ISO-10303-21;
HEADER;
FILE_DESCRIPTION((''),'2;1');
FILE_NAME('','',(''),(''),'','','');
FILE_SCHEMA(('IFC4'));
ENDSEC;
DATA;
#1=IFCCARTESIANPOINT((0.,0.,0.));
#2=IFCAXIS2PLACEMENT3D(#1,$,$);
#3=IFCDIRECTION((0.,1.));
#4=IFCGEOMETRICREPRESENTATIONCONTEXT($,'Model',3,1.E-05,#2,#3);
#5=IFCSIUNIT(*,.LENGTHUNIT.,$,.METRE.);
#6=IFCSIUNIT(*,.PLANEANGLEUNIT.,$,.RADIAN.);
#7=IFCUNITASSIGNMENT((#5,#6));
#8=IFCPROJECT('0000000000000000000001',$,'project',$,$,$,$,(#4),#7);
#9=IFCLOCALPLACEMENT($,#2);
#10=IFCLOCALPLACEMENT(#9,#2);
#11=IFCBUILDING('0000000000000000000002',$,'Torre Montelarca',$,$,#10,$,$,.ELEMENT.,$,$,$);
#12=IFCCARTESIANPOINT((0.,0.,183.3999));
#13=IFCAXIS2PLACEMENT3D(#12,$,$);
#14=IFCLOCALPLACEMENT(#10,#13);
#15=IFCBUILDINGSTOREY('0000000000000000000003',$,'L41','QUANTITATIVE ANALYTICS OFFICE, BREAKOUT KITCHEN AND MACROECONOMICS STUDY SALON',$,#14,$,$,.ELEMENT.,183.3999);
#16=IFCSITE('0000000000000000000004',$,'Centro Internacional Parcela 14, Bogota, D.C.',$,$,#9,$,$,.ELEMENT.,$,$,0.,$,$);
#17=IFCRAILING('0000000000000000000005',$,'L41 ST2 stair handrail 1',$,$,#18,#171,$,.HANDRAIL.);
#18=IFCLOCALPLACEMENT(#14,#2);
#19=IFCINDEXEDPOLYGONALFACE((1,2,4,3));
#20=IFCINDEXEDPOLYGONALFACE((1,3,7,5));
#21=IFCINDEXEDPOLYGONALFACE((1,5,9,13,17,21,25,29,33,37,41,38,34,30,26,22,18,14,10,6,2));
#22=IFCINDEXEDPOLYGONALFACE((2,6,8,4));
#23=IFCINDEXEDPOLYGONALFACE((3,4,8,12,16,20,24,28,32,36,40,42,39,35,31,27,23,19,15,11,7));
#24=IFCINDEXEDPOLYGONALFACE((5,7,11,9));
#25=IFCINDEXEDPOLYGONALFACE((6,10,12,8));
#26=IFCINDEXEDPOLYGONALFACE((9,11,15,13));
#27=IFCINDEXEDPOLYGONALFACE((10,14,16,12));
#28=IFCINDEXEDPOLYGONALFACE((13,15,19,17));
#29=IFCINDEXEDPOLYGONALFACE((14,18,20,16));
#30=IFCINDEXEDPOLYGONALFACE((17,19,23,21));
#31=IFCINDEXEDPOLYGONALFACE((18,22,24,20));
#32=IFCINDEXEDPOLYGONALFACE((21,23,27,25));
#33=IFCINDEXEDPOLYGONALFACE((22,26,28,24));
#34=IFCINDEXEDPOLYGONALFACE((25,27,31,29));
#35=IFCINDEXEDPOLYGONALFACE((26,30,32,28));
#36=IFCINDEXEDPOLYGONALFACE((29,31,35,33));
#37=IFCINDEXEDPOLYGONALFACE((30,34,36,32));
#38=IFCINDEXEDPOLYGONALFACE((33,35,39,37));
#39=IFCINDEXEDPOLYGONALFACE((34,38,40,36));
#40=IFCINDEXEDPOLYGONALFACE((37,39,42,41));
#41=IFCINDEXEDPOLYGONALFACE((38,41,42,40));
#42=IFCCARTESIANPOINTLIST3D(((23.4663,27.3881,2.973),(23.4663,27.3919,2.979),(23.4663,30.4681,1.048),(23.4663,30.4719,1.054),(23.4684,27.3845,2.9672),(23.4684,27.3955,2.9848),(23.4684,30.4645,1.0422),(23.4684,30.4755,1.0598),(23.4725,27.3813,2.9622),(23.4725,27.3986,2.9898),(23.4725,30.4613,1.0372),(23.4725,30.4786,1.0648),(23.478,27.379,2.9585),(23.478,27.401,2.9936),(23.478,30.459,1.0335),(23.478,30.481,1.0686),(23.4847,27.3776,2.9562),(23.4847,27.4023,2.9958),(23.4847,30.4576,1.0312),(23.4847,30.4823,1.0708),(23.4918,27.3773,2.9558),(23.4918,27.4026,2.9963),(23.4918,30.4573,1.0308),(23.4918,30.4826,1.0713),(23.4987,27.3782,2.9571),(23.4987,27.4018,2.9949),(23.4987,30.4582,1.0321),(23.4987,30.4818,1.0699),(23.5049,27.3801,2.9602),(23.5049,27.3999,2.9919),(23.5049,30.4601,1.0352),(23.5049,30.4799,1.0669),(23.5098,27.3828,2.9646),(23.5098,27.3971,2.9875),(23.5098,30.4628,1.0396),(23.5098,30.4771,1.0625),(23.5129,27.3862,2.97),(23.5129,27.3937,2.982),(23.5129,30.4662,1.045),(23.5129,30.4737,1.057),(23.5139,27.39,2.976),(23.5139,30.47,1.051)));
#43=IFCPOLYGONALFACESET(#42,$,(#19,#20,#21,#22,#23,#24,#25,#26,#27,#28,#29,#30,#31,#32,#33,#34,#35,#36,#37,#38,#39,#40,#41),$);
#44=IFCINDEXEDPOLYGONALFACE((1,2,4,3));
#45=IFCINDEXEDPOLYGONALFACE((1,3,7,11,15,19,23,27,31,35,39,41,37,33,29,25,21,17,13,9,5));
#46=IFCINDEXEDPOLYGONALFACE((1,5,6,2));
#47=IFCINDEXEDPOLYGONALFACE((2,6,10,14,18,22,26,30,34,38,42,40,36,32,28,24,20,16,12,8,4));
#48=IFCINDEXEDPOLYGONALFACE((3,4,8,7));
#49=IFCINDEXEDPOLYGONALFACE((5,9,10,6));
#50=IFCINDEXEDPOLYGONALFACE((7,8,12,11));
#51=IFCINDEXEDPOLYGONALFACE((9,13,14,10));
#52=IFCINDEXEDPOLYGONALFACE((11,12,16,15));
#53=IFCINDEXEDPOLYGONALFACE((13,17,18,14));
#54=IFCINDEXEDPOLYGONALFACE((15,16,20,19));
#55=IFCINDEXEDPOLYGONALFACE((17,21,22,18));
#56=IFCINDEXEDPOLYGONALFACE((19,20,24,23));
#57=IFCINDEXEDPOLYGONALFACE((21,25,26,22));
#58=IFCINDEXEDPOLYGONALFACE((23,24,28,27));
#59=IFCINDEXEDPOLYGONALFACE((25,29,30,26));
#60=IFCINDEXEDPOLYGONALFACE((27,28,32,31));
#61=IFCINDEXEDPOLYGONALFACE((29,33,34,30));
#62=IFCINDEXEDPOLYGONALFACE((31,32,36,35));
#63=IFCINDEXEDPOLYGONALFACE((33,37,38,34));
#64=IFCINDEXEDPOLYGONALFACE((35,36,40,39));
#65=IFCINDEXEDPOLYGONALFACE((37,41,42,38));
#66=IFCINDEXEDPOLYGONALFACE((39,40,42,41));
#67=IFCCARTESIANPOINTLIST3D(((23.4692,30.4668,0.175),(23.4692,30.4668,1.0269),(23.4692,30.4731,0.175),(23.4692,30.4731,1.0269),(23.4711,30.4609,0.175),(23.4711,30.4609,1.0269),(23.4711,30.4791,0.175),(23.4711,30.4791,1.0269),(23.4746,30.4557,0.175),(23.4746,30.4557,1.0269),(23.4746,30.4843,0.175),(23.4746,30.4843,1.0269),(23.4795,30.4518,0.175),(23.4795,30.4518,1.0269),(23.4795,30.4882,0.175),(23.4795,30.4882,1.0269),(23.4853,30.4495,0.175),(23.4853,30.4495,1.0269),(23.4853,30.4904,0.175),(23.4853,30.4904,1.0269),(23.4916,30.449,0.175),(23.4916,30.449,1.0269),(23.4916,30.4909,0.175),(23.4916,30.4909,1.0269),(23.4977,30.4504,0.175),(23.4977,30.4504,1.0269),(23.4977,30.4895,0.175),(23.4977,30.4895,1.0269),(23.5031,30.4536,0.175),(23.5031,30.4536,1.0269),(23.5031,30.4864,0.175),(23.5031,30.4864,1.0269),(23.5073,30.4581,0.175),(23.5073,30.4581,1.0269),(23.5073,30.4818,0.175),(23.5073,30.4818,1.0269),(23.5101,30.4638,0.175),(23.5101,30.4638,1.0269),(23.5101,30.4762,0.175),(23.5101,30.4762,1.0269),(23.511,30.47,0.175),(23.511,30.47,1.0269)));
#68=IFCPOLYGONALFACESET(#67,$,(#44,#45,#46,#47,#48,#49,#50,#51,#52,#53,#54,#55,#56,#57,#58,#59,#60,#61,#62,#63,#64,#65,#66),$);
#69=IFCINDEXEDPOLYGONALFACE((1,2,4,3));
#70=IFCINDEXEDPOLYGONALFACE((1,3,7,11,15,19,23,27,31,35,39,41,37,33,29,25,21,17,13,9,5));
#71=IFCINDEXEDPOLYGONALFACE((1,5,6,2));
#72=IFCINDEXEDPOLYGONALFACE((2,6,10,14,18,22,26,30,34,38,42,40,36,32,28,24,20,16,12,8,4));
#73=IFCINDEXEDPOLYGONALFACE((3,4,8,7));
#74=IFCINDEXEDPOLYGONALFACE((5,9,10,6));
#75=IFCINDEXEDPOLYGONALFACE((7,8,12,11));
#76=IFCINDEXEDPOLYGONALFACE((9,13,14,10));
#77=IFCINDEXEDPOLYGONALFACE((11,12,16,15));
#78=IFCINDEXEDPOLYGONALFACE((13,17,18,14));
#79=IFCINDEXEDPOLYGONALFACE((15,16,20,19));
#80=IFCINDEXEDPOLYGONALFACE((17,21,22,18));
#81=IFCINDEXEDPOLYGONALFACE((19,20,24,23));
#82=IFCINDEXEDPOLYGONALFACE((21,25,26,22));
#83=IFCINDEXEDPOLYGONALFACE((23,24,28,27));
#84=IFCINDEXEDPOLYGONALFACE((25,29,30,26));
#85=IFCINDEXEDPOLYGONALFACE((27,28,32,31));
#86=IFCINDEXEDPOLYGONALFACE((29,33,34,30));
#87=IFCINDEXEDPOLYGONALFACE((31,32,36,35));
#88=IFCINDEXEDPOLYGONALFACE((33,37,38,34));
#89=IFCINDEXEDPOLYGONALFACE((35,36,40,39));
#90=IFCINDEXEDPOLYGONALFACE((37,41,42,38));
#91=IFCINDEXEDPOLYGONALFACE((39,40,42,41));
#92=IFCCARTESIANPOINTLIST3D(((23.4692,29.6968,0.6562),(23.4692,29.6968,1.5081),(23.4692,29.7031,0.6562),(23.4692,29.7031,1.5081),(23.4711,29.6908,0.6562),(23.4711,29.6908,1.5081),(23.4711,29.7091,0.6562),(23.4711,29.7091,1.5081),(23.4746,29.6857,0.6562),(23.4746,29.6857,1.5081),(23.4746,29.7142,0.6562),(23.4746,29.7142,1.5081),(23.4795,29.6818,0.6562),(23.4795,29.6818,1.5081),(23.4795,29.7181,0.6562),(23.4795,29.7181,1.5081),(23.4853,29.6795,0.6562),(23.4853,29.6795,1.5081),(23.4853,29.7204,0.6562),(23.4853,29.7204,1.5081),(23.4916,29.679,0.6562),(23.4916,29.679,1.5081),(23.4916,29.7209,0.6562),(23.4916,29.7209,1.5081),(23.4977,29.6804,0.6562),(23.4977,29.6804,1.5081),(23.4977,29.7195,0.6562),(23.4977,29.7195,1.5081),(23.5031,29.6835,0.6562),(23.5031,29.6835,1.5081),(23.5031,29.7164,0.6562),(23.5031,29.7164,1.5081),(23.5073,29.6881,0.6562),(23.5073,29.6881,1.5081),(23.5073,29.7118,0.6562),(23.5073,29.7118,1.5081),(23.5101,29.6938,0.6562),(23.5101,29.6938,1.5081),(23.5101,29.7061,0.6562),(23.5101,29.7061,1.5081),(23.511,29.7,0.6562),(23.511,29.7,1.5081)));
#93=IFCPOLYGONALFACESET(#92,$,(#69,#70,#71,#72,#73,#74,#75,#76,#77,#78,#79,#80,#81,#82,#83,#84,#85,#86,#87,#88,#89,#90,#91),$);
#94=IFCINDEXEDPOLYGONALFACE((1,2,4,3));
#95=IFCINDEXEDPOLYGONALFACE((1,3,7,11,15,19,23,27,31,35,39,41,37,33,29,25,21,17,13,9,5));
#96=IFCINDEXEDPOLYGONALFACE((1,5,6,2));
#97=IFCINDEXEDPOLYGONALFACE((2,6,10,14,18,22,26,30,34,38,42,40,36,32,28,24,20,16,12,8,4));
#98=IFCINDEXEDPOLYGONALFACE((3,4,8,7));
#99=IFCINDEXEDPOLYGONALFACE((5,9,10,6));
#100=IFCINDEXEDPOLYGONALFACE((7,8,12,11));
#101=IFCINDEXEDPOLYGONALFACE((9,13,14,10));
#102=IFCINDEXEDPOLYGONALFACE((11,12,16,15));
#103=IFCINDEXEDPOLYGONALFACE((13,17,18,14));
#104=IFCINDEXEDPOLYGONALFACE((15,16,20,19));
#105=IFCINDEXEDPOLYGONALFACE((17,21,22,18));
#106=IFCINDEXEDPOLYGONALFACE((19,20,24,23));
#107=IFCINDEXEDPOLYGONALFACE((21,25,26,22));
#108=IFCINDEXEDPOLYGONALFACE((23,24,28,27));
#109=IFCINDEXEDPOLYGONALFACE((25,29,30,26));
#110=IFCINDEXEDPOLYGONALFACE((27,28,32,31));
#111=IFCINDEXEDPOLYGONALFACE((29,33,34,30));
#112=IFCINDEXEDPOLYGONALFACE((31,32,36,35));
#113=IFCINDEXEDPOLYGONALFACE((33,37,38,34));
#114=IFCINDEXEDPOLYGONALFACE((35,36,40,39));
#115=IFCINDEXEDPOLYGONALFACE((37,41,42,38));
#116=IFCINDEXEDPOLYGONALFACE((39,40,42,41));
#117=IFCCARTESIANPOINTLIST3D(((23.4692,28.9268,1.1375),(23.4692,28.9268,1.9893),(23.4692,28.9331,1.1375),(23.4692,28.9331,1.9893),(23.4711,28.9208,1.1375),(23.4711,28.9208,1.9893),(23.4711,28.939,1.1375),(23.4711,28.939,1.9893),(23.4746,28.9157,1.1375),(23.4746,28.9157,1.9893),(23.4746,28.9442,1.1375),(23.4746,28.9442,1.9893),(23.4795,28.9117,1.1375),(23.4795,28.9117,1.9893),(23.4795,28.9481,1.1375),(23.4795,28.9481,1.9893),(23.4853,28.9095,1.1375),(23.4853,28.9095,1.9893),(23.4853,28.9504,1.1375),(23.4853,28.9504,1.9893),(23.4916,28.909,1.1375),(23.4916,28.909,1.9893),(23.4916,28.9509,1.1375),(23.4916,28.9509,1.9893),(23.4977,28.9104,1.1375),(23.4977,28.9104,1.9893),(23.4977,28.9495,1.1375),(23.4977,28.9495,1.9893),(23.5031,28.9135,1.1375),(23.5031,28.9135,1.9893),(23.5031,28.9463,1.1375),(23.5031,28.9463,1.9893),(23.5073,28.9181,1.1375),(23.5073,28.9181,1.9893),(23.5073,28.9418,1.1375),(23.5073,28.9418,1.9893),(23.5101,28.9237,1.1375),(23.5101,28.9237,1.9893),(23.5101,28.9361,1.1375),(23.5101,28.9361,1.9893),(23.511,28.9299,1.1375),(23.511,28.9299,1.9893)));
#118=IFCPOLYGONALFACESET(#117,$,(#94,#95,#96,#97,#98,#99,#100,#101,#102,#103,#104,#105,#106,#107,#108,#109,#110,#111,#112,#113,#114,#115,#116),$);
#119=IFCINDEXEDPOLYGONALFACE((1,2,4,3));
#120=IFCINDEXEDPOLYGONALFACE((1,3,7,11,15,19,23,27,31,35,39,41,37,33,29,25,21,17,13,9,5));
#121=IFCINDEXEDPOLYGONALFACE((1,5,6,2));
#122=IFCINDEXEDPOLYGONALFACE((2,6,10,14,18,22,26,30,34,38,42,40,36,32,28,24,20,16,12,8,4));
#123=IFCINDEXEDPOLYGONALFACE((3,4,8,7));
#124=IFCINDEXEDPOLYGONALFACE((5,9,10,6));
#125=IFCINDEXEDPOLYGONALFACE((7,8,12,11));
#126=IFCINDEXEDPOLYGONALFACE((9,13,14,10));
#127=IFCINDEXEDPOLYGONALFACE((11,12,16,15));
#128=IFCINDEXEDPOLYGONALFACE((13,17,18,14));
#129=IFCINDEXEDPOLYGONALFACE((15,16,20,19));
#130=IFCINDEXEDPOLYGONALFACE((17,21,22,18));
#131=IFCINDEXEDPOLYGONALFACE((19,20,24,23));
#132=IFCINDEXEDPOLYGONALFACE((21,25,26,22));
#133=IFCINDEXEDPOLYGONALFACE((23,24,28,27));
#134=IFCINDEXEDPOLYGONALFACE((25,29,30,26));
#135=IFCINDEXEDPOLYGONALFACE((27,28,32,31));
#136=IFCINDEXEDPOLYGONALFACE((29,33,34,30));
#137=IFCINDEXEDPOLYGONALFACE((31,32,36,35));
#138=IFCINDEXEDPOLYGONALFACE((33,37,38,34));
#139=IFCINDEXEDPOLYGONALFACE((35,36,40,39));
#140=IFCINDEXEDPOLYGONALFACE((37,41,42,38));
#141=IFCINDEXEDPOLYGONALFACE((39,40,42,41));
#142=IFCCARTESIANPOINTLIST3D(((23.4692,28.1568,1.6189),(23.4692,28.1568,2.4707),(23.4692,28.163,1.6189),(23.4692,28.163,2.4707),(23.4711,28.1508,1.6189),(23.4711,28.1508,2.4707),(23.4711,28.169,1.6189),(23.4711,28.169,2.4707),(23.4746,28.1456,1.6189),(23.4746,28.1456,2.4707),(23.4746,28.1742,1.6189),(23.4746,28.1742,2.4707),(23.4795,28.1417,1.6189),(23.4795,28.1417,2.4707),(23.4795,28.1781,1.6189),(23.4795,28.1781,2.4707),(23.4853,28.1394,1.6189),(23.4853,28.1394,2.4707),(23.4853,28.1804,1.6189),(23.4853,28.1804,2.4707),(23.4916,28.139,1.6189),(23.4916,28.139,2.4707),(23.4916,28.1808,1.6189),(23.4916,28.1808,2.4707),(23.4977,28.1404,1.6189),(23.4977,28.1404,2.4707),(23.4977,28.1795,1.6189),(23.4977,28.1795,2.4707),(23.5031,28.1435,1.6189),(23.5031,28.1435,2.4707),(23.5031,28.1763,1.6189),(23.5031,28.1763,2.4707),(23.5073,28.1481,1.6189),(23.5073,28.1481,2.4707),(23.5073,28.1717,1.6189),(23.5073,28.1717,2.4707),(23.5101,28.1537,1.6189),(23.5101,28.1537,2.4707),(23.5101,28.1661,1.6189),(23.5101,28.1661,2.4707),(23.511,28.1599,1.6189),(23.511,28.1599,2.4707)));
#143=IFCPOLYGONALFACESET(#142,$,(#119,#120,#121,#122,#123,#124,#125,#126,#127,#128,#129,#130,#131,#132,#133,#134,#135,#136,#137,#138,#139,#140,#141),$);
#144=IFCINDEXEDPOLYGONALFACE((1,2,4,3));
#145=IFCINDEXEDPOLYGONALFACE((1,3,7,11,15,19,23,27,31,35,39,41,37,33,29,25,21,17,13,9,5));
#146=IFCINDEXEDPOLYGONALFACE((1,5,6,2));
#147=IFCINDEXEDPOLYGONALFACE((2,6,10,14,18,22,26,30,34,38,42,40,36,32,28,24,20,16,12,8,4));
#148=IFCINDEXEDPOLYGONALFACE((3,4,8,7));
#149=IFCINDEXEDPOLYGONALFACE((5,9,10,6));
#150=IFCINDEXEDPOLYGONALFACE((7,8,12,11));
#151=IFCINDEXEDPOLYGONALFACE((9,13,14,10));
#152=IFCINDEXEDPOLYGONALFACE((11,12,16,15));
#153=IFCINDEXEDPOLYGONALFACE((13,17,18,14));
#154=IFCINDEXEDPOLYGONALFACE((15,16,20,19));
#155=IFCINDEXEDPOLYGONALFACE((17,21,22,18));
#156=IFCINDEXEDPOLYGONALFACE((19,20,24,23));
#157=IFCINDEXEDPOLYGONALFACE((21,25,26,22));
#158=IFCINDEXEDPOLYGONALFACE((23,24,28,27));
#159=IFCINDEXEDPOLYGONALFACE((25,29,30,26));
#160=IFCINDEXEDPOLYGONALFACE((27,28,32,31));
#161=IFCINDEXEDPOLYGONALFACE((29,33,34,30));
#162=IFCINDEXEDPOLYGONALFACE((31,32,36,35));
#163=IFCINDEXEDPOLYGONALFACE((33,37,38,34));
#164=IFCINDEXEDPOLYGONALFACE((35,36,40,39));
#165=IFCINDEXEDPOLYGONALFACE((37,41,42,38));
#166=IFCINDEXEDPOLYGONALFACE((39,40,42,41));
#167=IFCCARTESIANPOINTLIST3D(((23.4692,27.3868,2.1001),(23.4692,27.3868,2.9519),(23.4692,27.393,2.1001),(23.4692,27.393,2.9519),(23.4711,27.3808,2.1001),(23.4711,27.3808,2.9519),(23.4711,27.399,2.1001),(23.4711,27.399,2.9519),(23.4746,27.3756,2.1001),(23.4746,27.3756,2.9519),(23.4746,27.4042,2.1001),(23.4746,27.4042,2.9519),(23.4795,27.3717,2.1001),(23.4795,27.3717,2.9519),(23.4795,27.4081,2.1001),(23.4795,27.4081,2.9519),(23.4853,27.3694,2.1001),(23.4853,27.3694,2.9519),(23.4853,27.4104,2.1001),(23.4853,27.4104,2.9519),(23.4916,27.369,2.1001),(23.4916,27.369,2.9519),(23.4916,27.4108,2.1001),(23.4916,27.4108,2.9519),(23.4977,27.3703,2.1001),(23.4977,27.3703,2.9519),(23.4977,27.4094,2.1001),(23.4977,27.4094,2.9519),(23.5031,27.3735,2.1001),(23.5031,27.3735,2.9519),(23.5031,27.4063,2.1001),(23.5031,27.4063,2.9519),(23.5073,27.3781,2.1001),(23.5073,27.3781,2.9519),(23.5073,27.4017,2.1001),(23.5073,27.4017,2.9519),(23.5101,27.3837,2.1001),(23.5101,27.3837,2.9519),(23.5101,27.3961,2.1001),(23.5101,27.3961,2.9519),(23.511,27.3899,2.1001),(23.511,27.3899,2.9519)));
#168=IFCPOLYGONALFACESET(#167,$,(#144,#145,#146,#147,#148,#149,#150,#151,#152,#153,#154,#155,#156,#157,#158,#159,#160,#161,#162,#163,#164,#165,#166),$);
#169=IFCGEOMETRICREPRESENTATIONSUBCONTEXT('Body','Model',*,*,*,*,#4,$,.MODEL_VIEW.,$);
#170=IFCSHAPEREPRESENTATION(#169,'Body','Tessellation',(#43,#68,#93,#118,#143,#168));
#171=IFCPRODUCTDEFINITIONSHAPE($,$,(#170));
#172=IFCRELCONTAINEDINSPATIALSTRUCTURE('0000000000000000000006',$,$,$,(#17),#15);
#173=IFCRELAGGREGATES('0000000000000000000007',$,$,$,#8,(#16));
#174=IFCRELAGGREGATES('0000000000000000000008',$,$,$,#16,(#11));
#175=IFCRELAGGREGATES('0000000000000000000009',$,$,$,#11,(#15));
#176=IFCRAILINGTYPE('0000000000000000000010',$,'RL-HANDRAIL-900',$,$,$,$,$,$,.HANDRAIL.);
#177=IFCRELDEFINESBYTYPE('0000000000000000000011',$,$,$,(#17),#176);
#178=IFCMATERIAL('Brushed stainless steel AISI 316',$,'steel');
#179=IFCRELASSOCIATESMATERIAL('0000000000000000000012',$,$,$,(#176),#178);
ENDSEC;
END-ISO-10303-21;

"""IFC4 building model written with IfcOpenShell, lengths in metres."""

from ifc_helpers import new_model, si_unit, direction, frame, origin, origin_2d, place, context, subcontext, project, spatial, circle, extrude, material, type_object, element, save


model = new_model("IFC4")

# Units and contexts
model_context = context("Model", 3, precision=1e-05, world=origin(), true_north=direction((0.0, 1.0)))
body_context = subcontext(model_context, "Body", "Model", "MODEL_VIEW")
ifc_project = project(units=[si_unit("LENGTHUNIT", "METRE"), si_unit("PLANEANGLEUNIT", "RADIAN")], contexts=[model_context])

# Site, building, storey
site_placement = place(None, origin())
site = spatial("IfcSite", under=ifc_project, at=site_placement, Name="Centro Internacional Parcela 14, Bogota, D.C.", CompositionType="ELEMENT", RefElevation=0.0)
building_placement = place(site_placement, origin())
building = spatial("IfcBuilding", under=site, at=building_placement, Name="Torre Montelarca", CompositionType="ELEMENT")
storey_placement = place(building_placement, frame((0.0, 0.0, 183.3999)))
storey = spatial("IfcBuildingStorey", under=building, at=storey_placement, Name="L41", Description="QUANTITATIVE ANALYTICS OFFICE, BREAKOUT KITCHEN AND MACROECONOMICS STUDY SALON", CompositionType="ELEMENT", Elevation=183.3999)

# Shared definitions
ifc_material_1 = material(Name="Brushed stainless steel AISI 316", Category="steel")

# Railing
railing_type_1 = type_object("IfcRailingType", Name="RL-HANDRAIL-900", PredefinedType="HANDRAIL", material=ifc_material_1)
railing_1_placement = place(storey_placement, frame((23.49, 30.47, 0.175)))
element("IfcRailing", 1, at=railing_1_placement, inside=storey, type_object=railing_type_1, Name="L41 ST2 stair handrail 1", PredefinedType="HANDRAIL", context=body_context, shape_type="SweptSolid", body=[
    extrude(circle(Radius=0.0239, at=origin_2d()), frame((0.0, 0.0, 0.876), z_axis=(0.0, -0.847998, 0.529999), x_axis=(1.0, 0.0, 0.0)), (0.0, 0.0, 1.0), 3.6321),
    extrude(circle(Radius=0.021, at=origin_2d()), origin(), (0.0, 0.0, 1.0), 0.8518),
    extrude(circle(Radius=0.021, at=origin_2d()), frame((0.0, -0.77, 0.4812)), (0.0, 0.0, 1.0), 0.8518),
    extrude(circle(Radius=0.021, at=origin_2d()), frame((0.0, -1.54, 0.9624)), (0.0, 0.0, 1.0), 0.8518),
    extrude(circle(Radius=0.021, at=origin_2d()), frame((0.0, -2.3101, 1.4438)), (0.0, 0.0, 1.0), 0.8518),
    extrude(circle(Radius=0.021, at=origin_2d()), frame((0.0, -3.0801, 1.925)), (0.0, 0.0, 1.0), 0.8518),
])

save(model, "model.ifc")
